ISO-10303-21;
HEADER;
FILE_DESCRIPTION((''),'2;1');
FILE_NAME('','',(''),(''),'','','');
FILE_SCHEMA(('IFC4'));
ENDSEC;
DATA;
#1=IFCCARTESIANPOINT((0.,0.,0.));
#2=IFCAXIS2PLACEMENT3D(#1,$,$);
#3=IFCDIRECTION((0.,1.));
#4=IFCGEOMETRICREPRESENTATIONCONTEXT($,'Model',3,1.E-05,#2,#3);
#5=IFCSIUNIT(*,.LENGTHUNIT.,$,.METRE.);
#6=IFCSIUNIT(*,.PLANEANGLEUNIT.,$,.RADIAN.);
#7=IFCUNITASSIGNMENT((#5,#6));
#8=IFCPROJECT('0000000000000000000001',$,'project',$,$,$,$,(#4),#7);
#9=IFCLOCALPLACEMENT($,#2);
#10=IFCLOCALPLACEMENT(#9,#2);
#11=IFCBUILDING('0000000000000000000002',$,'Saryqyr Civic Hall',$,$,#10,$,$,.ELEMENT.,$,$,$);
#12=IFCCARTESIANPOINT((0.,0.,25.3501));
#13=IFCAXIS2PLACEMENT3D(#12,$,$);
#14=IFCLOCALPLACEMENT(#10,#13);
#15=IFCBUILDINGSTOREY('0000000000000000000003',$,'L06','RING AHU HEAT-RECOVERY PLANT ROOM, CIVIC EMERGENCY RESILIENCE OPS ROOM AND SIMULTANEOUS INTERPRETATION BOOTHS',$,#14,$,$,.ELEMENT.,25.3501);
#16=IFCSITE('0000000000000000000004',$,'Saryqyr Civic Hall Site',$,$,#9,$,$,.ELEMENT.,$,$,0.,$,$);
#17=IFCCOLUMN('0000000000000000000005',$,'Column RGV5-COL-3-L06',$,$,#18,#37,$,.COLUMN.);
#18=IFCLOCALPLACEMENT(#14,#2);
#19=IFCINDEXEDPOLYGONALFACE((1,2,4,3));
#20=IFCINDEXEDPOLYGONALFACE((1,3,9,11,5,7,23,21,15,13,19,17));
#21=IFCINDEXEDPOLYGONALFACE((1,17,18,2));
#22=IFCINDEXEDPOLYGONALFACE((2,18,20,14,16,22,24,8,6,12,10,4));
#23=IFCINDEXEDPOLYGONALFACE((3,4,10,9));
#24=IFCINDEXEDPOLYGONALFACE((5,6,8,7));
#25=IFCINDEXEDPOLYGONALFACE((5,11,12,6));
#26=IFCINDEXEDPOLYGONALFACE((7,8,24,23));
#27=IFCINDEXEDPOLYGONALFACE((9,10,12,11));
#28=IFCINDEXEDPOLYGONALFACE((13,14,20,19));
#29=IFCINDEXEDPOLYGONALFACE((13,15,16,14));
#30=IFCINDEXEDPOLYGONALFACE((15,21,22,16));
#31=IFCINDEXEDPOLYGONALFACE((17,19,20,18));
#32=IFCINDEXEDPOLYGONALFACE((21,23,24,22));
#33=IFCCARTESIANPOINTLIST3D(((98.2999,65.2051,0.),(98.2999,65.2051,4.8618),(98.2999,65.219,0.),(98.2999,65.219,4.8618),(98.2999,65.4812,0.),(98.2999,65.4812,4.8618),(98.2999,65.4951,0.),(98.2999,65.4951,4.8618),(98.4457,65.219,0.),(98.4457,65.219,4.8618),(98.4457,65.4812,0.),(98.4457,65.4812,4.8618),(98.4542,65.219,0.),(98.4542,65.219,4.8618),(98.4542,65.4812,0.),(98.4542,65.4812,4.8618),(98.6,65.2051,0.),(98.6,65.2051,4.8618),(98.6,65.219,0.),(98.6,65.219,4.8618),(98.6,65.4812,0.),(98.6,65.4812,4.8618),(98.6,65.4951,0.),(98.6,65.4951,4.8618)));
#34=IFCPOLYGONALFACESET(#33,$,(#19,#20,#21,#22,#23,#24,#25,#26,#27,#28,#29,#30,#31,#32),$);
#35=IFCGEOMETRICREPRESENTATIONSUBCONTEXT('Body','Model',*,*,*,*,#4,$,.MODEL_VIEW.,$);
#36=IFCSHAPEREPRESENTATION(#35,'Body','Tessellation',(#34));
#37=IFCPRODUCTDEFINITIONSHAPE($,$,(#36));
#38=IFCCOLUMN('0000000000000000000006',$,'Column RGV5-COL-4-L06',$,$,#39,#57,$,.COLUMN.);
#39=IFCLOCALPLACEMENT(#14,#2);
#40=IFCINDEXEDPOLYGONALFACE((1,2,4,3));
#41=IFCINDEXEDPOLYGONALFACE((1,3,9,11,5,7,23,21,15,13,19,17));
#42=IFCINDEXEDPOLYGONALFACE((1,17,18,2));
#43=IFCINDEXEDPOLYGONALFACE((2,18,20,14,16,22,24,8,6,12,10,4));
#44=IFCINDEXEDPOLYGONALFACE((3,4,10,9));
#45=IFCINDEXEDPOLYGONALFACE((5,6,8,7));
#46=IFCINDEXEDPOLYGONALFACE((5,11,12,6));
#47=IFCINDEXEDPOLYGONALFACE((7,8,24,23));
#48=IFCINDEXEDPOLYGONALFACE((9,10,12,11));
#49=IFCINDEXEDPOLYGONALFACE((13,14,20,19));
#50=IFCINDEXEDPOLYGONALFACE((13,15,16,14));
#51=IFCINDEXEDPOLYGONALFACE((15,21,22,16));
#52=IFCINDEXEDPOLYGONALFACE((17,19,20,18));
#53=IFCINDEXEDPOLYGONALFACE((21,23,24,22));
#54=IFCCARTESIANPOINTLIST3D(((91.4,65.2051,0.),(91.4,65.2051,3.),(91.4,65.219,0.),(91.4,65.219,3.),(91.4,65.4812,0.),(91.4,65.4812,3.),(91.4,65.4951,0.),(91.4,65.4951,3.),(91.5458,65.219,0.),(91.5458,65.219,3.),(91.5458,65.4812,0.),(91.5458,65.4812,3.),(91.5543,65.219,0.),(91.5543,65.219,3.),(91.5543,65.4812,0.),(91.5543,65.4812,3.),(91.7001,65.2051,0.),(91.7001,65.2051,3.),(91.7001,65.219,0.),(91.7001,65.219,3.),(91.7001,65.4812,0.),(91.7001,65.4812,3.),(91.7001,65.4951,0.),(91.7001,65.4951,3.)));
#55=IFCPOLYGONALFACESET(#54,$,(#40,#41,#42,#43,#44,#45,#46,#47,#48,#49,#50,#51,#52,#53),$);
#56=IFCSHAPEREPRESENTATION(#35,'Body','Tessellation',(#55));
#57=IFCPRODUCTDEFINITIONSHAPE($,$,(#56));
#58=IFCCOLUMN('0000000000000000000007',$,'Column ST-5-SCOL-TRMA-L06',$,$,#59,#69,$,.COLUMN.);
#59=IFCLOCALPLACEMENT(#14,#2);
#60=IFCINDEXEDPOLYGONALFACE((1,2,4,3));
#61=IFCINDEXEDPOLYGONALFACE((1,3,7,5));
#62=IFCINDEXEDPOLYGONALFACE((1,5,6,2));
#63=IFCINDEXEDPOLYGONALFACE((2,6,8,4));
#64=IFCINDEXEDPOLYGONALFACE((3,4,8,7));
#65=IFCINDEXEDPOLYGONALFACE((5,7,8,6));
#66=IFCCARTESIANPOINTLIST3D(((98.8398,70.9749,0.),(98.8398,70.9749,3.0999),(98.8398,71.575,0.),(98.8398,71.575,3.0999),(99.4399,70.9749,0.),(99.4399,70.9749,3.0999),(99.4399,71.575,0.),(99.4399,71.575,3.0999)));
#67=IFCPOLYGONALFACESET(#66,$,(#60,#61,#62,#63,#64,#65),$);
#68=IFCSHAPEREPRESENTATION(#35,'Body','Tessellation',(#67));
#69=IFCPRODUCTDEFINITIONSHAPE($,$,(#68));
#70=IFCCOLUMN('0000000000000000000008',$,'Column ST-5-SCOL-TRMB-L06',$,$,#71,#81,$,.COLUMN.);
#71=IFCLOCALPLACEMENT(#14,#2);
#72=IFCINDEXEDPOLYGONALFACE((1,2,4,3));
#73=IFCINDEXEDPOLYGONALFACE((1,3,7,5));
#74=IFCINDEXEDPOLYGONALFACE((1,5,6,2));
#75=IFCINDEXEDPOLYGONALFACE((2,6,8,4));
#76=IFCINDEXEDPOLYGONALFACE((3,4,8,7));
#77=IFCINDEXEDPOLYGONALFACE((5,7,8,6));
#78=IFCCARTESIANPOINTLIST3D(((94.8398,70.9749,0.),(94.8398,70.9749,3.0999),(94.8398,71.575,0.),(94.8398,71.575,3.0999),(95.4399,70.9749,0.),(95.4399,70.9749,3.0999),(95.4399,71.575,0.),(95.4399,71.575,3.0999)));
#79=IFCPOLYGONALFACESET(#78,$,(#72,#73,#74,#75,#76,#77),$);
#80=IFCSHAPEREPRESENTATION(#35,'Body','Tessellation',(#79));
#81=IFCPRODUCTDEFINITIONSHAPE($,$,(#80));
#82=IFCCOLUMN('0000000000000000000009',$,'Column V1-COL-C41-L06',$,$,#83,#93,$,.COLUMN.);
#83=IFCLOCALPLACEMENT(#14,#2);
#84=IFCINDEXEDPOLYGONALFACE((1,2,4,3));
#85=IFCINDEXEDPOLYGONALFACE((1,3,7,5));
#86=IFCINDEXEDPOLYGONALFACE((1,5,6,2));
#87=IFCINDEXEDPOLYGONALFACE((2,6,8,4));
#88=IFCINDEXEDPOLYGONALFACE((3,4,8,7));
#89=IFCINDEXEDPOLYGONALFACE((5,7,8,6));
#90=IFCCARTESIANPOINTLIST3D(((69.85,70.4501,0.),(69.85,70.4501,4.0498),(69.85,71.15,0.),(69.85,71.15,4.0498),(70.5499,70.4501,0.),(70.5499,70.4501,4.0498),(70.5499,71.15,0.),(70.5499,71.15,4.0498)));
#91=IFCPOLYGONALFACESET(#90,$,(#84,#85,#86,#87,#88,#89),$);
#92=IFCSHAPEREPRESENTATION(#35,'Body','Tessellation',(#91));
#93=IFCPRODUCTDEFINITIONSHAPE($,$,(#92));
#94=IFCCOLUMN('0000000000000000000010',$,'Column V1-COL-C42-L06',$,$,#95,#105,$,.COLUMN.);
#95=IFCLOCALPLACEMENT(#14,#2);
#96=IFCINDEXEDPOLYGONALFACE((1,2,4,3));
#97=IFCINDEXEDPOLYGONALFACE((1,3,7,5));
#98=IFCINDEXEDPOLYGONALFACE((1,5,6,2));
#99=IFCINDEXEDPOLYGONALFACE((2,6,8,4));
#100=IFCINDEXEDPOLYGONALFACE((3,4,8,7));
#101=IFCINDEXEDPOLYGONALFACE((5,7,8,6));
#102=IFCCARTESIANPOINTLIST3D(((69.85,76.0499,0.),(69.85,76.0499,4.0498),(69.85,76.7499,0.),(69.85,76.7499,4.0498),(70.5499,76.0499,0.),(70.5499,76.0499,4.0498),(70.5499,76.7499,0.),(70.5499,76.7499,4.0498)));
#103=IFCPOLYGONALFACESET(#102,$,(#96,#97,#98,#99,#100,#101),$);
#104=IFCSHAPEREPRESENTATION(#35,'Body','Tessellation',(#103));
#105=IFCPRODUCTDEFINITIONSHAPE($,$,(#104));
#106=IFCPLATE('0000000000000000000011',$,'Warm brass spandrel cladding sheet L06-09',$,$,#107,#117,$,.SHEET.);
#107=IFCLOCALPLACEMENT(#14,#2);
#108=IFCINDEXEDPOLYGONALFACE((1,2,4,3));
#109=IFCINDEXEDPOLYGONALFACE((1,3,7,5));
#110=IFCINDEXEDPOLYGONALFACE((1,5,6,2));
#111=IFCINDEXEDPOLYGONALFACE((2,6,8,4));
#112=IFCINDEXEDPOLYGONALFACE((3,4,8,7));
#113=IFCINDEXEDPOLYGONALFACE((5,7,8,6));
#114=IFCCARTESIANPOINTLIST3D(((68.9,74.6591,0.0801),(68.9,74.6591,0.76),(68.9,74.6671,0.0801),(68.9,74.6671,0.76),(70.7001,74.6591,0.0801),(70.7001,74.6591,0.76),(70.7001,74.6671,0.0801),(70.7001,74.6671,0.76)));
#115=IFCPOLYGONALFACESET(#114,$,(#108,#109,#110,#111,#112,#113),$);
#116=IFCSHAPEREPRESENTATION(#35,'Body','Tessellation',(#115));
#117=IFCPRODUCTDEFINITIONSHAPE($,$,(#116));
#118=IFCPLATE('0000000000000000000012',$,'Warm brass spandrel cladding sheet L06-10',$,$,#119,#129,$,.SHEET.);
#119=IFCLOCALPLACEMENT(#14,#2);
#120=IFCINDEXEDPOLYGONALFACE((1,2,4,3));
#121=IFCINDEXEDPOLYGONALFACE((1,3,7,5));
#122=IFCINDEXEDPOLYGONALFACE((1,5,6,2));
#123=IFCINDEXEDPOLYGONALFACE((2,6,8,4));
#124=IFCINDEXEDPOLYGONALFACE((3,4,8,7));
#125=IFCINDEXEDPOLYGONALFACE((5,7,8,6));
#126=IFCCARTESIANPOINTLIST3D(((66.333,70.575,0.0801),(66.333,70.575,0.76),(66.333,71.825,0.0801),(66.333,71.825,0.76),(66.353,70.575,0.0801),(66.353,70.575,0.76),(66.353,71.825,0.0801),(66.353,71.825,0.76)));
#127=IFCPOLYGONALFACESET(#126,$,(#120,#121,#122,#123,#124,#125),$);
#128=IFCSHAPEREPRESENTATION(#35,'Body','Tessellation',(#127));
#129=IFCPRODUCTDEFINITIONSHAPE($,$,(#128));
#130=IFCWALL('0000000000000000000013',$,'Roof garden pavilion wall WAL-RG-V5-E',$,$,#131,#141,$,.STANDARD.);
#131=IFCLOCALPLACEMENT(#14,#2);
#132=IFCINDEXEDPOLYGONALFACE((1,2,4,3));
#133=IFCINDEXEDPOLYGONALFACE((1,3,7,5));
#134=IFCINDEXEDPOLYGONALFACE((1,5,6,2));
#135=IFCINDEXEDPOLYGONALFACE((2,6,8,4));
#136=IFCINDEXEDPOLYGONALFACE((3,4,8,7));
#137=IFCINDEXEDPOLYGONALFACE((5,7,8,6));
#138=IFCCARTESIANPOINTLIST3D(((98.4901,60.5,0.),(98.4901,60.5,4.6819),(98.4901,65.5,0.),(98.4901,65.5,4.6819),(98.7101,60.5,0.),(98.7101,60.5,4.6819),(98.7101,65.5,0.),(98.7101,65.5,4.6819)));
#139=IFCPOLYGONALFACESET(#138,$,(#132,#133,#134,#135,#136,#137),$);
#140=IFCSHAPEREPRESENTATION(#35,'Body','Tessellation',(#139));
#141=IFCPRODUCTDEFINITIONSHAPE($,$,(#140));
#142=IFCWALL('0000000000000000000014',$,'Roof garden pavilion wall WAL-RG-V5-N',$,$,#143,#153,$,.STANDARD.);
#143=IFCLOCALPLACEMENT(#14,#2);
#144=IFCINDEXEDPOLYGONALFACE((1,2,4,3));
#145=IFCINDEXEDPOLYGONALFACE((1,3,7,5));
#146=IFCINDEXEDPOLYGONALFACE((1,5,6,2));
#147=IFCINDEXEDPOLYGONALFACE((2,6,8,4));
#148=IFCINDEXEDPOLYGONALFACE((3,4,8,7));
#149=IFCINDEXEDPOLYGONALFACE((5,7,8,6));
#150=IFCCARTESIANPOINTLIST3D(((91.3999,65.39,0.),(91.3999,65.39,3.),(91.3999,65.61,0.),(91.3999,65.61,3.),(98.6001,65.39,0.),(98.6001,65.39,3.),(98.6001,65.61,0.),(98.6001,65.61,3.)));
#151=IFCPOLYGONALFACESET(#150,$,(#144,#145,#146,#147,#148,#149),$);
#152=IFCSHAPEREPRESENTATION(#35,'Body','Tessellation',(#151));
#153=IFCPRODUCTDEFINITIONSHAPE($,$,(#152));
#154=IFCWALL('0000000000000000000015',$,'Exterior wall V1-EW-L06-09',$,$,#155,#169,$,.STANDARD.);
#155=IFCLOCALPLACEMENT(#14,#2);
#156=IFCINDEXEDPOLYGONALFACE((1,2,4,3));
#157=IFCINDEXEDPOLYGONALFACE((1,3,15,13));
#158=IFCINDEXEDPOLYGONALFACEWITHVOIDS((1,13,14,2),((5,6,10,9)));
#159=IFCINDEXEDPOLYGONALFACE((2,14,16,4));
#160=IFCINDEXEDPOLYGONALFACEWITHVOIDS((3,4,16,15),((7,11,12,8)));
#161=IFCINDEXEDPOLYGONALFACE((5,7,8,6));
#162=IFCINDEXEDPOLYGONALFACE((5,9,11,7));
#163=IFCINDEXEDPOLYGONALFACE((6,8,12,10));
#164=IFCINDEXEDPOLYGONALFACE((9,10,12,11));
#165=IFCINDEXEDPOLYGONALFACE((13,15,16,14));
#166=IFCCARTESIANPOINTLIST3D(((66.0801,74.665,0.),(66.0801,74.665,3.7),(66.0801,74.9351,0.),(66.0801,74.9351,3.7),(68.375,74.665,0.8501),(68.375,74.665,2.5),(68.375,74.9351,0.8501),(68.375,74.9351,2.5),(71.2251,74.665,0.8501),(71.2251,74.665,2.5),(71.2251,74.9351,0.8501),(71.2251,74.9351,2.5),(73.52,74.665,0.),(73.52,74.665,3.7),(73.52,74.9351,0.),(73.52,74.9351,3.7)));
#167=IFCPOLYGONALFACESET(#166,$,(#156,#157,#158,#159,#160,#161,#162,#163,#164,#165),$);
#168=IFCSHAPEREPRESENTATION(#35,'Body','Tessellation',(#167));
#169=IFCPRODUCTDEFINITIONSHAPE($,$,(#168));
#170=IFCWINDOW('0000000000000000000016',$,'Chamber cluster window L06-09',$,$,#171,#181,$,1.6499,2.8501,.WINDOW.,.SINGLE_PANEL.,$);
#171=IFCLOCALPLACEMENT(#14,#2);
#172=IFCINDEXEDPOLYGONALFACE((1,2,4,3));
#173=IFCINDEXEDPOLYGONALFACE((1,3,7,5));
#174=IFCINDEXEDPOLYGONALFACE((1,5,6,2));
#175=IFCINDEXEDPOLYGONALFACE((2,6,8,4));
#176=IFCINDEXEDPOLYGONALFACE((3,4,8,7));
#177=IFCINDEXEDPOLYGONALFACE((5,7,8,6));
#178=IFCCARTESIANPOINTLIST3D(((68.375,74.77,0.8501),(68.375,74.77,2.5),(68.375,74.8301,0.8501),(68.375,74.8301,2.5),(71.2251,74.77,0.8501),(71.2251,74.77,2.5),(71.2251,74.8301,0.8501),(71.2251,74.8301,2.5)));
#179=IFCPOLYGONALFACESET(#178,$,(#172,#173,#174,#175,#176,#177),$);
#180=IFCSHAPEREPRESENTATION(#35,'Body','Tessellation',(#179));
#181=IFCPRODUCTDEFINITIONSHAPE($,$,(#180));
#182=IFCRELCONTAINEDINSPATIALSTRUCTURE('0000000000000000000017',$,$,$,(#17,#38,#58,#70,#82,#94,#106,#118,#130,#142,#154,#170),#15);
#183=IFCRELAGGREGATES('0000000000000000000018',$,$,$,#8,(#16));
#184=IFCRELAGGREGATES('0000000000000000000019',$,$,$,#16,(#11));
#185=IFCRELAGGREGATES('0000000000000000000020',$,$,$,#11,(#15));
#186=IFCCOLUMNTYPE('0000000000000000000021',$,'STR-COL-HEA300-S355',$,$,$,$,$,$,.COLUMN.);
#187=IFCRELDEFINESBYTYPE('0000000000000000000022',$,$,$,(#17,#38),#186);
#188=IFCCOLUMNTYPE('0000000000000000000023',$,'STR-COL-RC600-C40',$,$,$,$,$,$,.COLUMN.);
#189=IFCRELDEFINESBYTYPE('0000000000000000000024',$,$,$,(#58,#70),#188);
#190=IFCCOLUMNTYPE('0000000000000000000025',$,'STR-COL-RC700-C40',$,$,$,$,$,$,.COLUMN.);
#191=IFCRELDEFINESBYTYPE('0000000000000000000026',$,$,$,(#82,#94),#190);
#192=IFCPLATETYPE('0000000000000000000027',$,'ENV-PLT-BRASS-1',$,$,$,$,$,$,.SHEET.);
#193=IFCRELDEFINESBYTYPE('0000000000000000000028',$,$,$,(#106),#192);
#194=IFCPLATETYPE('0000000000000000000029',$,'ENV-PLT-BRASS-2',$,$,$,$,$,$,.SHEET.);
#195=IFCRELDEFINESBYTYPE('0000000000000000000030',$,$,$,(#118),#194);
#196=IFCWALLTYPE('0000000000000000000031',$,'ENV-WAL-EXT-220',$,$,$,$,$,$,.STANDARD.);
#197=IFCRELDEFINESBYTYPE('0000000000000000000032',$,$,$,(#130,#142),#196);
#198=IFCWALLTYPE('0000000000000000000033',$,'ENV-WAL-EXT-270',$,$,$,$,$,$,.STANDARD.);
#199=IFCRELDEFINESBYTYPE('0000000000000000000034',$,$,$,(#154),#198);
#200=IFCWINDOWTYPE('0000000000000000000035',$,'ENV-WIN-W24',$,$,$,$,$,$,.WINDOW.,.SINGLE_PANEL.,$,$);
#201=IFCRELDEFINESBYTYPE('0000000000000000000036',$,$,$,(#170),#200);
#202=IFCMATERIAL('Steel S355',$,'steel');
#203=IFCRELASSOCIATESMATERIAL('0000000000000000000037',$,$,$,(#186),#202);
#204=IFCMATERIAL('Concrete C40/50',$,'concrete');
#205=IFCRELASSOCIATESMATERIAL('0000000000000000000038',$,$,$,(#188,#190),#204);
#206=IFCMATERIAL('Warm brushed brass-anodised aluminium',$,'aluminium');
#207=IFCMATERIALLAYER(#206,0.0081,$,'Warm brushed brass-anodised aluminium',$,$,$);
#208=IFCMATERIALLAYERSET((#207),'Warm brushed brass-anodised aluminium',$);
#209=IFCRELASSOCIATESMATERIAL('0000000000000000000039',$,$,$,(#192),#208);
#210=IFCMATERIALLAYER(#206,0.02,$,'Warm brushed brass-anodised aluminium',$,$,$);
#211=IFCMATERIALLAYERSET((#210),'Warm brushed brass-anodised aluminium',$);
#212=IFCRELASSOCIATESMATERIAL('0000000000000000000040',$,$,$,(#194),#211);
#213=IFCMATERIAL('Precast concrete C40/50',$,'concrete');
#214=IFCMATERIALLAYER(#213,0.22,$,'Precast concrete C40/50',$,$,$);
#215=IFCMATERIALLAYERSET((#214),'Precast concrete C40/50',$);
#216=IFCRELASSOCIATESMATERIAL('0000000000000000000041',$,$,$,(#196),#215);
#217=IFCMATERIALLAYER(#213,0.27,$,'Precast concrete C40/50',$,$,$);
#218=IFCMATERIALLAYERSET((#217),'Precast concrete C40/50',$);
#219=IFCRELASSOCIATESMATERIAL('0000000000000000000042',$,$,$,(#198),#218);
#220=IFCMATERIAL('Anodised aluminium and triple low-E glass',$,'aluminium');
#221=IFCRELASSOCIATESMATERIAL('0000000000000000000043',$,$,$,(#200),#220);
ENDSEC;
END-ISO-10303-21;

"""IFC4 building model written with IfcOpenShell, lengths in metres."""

from ifc_helpers import new_model, si_unit, direction, frame, frame_2d, origin, origin_2d, place, context, subcontext, project, spatial, rectangle, i_section, extrude, material, layer, layer_set, material_profile, profile_set, type_object, element, fill, save


model = new_model("IFC4")

# Units and contexts
model_context = context("Model", 3, precision=1e-05, world=origin(), true_north=direction((0.0, 1.0)))
body_context = subcontext(model_context, "Body", "Model", "MODEL_VIEW")
ifc_project = project(units=[si_unit("LENGTHUNIT", "METRE"), si_unit("PLANEANGLEUNIT", "RADIAN")], contexts=[model_context])

# Site, building, storey
site_placement = place(None, origin())
site = spatial("IfcSite", under=ifc_project, at=site_placement, Name="Saryqyr Civic Hall Site", CompositionType="ELEMENT", RefElevation=0.0)
building_placement = place(site_placement, origin())
building = spatial("IfcBuilding", under=site, at=building_placement, Name="Saryqyr Civic Hall", CompositionType="ELEMENT")
storey_placement = place(building_placement, frame((0.0, 0.0, 25.3501)))
storey = spatial("IfcBuildingStorey", under=building, at=storey_placement, Name="L06", Description="RING AHU HEAT-RECOVERY PLANT ROOM, CIVIC EMERGENCY RESILIENCE OPS ROOM AND SIMULTANEOUS INTERPRETATION BOOTHS", CompositionType="ELEMENT", Elevation=25.3501)

# Columns
ifc_material_1 = material(Name="Steel S355", Category="steel")
ifc_material_profile_1 = material_profile(ifc_material_1, i_section(OverallWidth=0.3, OverallDepth=0.29, WebThickness=0.0085, FlangeThickness=0.0139, at=origin_2d()), Name="HEA 300")
ifc_profile_set_1 = profile_set([ifc_material_profile_1], Name="Steel S355")
column_type_1 = type_object("IfcColumnType", Name="STR-COL-HEA300-S355", PredefinedType="COLUMN", material=ifc_profile_set_1)
column_1_placement = place(storey_placement, frame((98.45, 65.3501, 0.0), z_axis=(0.0, 0.0, 1.0), x_axis=(1.0, 0.0, 0.0)))
element("IfcColumn", 1, at=column_1_placement, inside=storey, type_object=column_type_1, Name="Column RGV5-COL-3-L06", PredefinedType="COLUMN", context=body_context, shape_type="SweptSolid", body=[
    extrude(i_section(OverallWidth=0.3, OverallDepth=0.29, WebThickness=0.0085, FlangeThickness=0.0139, at=origin_2d()), origin(), (0.0, 0.0, 1.0), 4.8618),
])
column_2_placement = place(storey_placement, frame((91.55, 65.3501, 0.0), z_axis=(0.0, 0.0, 1.0), x_axis=(1.0, 0.0, 0.0)))
element("IfcColumn", 2, at=column_2_placement, inside=storey, type_object=column_type_1, Name="Column RGV5-COL-4-L06", PredefinedType="COLUMN", context=body_context, shape_type="SweptSolid", body=[
    extrude(i_section(OverallWidth=0.3, OverallDepth=0.29, WebThickness=0.0085, FlangeThickness=0.0139, at=origin_2d()), origin(), (0.0, 0.0, 1.0), 3.0),
])
ifc_material_2 = material(Name="Concrete C40/50", Category="concrete")
ifc_material_profile_2 = material_profile(ifc_material_2, rectangle(XDim=0.6001, YDim=0.6001, at=origin_2d()), Name="RC 600x600")
ifc_profile_set_2 = profile_set([ifc_material_profile_2], Name="Concrete C40/50")
column_type_2 = type_object("IfcColumnType", Name="STR-COL-RC600-C40", PredefinedType="COLUMN", material=ifc_profile_set_2)
for number, where, z_axis, x_axis, name in (
    (3, (99.1399, 71.2749, 0.0), (0.0, 0.0, 1.0), (1.0, 0.0, 0.0), "Column ST-5-SCOL-TRMA-L06"),
    (4, (95.1399, 71.2749, 0.0), (0.0, 0.0, 1.0), (1.0, 0.0, 0.0), "Column ST-5-SCOL-TRMB-L06"),
):
    element("IfcColumn", number, at=place(storey_placement, frame(where, z_axis=z_axis, x_axis=x_axis)), inside=storey, type_object=column_type_2, Name=name, PredefinedType="COLUMN", context=body_context, shape_type="SweptSolid", body=[
        extrude(rectangle(XDim=0.6001, YDim=0.6001, at=origin_2d()), origin(), (0.0, 0.0, 1.0), 3.0999),
    ])
ifc_material_profile_3 = material_profile(ifc_material_2, rectangle(XDim=0.7, YDim=0.7, at=origin_2d()), Name="RC 700x700")
ifc_profile_set_3 = profile_set([ifc_material_profile_3], Name="Concrete C40/50")
column_type_3 = type_object("IfcColumnType", Name="STR-COL-RC700-C40", PredefinedType="COLUMN", material=ifc_profile_set_3)
for number, where, z_axis, x_axis, name in (
    (5, (70.2, 70.8, 0.0), (0.0, 0.0, 1.0), (1.0, 0.0, 0.0), "Column V1-COL-C41-L06"),
    (6, (70.2, 76.3999, 0.0), (0.0, 0.0, 1.0), (1.0, 0.0, 0.0), "Column V1-COL-C42-L06"),
):
    element("IfcColumn", number, at=place(storey_placement, frame(where, z_axis=z_axis, x_axis=x_axis)), inside=storey, type_object=column_type_3, Name=name, PredefinedType="COLUMN", context=body_context, shape_type="SweptSolid", body=[
        extrude(rectangle(XDim=0.7, YDim=0.7, at=origin_2d()), origin(), (0.0, 0.0, 1.0), 4.0498),
    ])

# Plates
ifc_material_3 = material(Name="Warm brushed brass-anodised aluminium", Category="aluminium")
ifc_layer_1 = layer(ifc_material_3, 0.0081, Name="Warm brushed brass-anodised aluminium")
ifc_layer_set_1 = layer_set([ifc_layer_1], Name="Warm brushed brass-anodised aluminium")
plate_type_1 = type_object("IfcPlateType", Name="ENV-PLT-BRASS-1", PredefinedType="SHEET", material=ifc_layer_set_1)
plate_1_placement = place(storey_placement, frame((69.8, 74.6631, 0.0801), z_axis=(0.0, 0.0, 1.0), x_axis=(-1.0, 0.0, 0.0)))
element("IfcPlate", 7, at=plate_1_placement, inside=storey, type_object=plate_type_1, Name="Warm brass spandrel cladding sheet L06-09", PredefinedType="SHEET", context=body_context, shape_type="SweptSolid", body=[
    extrude(rectangle(XDim=1.8, YDim=0.0081, at=origin_2d()), origin(), (0.0, 0.0, 1.0), 0.6799),
])
ifc_layer_2 = layer(ifc_material_3, 0.02, Name="Warm brushed brass-anodised aluminium")
ifc_layer_set_2 = layer_set([ifc_layer_2], Name="Warm brushed brass-anodised aluminium")
plate_type_2 = type_object("IfcPlateType", Name="ENV-PLT-BRASS-2", PredefinedType="SHEET", material=ifc_layer_set_2)
plate_2_placement = place(storey_placement, frame((66.343, 71.2, 0.0801), z_axis=(0.0, 0.0, 1.0), x_axis=(0.0, -1.0, 0.0)))
element("IfcPlate", 8, at=plate_2_placement, inside=storey, type_object=plate_type_2, Name="Warm brass spandrel cladding sheet L06-10", PredefinedType="SHEET", context=body_context, shape_type="SweptSolid", body=[
    extrude(rectangle(XDim=1.25, YDim=0.02, at=origin_2d()), origin(), (0.0, 0.0, 1.0), 0.6799),
])

# Walls
ifc_material_4 = material(Name="Precast concrete C40/50", Category="concrete")
ifc_layer_3 = layer(ifc_material_4, 0.22, Name="Precast concrete C40/50")
ifc_layer_set_3 = layer_set([ifc_layer_3], Name="Precast concrete C40/50")
wall_type_1 = type_object("IfcWallType", Name="ENV-WAL-EXT-220", PredefinedType="STANDARD", material=ifc_layer_set_3)
wall_1_placement = place(storey_placement, frame((98.6001, 65.5, 0.0), z_axis=(0.0, 0.0, 1.0), x_axis=(0.0, -1.0, 0.0)))
element("IfcWall", 9, at=wall_1_placement, inside=storey, type_object=wall_type_1, Name="Roof garden pavilion wall WAL-RG-V5-E", PredefinedType="STANDARD", context=body_context, shape_type="SweptSolid", body=[
    extrude(rectangle(XDim=5.0, YDim=0.22, at=frame_2d((2.5, 0.0))), origin(), (0.0, 0.0, 1.0), 4.6819),
])
wall_2_placement = place(storey_placement, frame((91.3999, 65.5, 0.0), z_axis=(0.0, 0.0, 1.0), x_axis=(1.0, 0.0, 0.0)))
element("IfcWall", 10, at=wall_2_placement, inside=storey, type_object=wall_type_1, Name="Roof garden pavilion wall WAL-RG-V5-N", PredefinedType="STANDARD", context=body_context, shape_type="SweptSolid", body=[
    extrude(rectangle(XDim=7.2002, YDim=0.22, at=frame_2d((3.6001, 0.0))), origin(), (0.0, 0.0, 1.0), 3.0),
])

# Wall, opening, window
ifc_layer_4 = layer(ifc_material_4, 0.27, Name="Precast concrete C40/50")
ifc_layer_set_4 = layer_set([ifc_layer_4], Name="Precast concrete C40/50")
wall_type_2 = type_object("IfcWallType", Name="ENV-WAL-EXT-270", PredefinedType="STANDARD", material=ifc_layer_set_4)
wall_3_placement = place(storey_placement, frame((73.52, 74.8, 0.0), z_axis=(0.0, 0.0, 1.0), x_axis=(-1.0, 0.0, 0.0)))
wall_3 = element("IfcWall", 11, at=wall_3_placement, inside=storey, type_object=wall_type_2, Name="Exterior wall V1-EW-L06-09", PredefinedType="STANDARD", context=body_context, shape_type="SweptSolid", body=[
    extrude(rectangle(XDim=7.4399, YDim=0.27, at=frame_2d((3.72, 0.0))), origin(), (0.0, 0.0, 1.0), 3.7),
])
opening_1_placement = place(wall_3_placement, frame((2.2949, 0.0, 0.8501)))
opening_1 = element("IfcOpeningElement", 12, at=opening_1_placement, cuts=wall_3, PredefinedType="OPENING", context=body_context, shape_type="SweptSolid", body=[
    extrude(rectangle(XDim=2.8501, YDim=1.6499, at=frame_2d((1.425, 0.825))), frame((0.0, 0.145, 0.0), z_axis=(0.0, -1.0, 0.0), x_axis=(1.0, 0.0, 0.0)), (0.0, 0.0, 1.0), 0.29),
])
ifc_material_5 = material(Name="Anodised aluminium and triple low-E glass", Category="aluminium")
window_type = type_object("IfcWindowType", Name="ENV-WIN-W24", PartitioningType="SINGLE_PANEL", PredefinedType="WINDOW", material=ifc_material_5)
window_placement = place(opening_1_placement, origin())
window = element("IfcWindow", 13, at=window_placement, inside=storey, type_object=window_type, Name="Chamber cluster window L06-09", OverallHeight=1.6499, OverallWidth=2.8501, PartitioningType="SINGLE_PANEL", PredefinedType="WINDOW", context=body_context, shape_type="SweptSolid", body=[
    extrude(rectangle(XDim=2.8501, YDim=1.6499, at=frame_2d((1.425, 0.825))), frame((0.0, 0.03, 0.0), z_axis=(0.0, -1.0, 0.0), x_axis=(1.0, 0.0, 0.0)), (0.0, 0.0, 1.0), 0.0601),
])
fill(opening_1, window)

save(model, "model.ifc")
